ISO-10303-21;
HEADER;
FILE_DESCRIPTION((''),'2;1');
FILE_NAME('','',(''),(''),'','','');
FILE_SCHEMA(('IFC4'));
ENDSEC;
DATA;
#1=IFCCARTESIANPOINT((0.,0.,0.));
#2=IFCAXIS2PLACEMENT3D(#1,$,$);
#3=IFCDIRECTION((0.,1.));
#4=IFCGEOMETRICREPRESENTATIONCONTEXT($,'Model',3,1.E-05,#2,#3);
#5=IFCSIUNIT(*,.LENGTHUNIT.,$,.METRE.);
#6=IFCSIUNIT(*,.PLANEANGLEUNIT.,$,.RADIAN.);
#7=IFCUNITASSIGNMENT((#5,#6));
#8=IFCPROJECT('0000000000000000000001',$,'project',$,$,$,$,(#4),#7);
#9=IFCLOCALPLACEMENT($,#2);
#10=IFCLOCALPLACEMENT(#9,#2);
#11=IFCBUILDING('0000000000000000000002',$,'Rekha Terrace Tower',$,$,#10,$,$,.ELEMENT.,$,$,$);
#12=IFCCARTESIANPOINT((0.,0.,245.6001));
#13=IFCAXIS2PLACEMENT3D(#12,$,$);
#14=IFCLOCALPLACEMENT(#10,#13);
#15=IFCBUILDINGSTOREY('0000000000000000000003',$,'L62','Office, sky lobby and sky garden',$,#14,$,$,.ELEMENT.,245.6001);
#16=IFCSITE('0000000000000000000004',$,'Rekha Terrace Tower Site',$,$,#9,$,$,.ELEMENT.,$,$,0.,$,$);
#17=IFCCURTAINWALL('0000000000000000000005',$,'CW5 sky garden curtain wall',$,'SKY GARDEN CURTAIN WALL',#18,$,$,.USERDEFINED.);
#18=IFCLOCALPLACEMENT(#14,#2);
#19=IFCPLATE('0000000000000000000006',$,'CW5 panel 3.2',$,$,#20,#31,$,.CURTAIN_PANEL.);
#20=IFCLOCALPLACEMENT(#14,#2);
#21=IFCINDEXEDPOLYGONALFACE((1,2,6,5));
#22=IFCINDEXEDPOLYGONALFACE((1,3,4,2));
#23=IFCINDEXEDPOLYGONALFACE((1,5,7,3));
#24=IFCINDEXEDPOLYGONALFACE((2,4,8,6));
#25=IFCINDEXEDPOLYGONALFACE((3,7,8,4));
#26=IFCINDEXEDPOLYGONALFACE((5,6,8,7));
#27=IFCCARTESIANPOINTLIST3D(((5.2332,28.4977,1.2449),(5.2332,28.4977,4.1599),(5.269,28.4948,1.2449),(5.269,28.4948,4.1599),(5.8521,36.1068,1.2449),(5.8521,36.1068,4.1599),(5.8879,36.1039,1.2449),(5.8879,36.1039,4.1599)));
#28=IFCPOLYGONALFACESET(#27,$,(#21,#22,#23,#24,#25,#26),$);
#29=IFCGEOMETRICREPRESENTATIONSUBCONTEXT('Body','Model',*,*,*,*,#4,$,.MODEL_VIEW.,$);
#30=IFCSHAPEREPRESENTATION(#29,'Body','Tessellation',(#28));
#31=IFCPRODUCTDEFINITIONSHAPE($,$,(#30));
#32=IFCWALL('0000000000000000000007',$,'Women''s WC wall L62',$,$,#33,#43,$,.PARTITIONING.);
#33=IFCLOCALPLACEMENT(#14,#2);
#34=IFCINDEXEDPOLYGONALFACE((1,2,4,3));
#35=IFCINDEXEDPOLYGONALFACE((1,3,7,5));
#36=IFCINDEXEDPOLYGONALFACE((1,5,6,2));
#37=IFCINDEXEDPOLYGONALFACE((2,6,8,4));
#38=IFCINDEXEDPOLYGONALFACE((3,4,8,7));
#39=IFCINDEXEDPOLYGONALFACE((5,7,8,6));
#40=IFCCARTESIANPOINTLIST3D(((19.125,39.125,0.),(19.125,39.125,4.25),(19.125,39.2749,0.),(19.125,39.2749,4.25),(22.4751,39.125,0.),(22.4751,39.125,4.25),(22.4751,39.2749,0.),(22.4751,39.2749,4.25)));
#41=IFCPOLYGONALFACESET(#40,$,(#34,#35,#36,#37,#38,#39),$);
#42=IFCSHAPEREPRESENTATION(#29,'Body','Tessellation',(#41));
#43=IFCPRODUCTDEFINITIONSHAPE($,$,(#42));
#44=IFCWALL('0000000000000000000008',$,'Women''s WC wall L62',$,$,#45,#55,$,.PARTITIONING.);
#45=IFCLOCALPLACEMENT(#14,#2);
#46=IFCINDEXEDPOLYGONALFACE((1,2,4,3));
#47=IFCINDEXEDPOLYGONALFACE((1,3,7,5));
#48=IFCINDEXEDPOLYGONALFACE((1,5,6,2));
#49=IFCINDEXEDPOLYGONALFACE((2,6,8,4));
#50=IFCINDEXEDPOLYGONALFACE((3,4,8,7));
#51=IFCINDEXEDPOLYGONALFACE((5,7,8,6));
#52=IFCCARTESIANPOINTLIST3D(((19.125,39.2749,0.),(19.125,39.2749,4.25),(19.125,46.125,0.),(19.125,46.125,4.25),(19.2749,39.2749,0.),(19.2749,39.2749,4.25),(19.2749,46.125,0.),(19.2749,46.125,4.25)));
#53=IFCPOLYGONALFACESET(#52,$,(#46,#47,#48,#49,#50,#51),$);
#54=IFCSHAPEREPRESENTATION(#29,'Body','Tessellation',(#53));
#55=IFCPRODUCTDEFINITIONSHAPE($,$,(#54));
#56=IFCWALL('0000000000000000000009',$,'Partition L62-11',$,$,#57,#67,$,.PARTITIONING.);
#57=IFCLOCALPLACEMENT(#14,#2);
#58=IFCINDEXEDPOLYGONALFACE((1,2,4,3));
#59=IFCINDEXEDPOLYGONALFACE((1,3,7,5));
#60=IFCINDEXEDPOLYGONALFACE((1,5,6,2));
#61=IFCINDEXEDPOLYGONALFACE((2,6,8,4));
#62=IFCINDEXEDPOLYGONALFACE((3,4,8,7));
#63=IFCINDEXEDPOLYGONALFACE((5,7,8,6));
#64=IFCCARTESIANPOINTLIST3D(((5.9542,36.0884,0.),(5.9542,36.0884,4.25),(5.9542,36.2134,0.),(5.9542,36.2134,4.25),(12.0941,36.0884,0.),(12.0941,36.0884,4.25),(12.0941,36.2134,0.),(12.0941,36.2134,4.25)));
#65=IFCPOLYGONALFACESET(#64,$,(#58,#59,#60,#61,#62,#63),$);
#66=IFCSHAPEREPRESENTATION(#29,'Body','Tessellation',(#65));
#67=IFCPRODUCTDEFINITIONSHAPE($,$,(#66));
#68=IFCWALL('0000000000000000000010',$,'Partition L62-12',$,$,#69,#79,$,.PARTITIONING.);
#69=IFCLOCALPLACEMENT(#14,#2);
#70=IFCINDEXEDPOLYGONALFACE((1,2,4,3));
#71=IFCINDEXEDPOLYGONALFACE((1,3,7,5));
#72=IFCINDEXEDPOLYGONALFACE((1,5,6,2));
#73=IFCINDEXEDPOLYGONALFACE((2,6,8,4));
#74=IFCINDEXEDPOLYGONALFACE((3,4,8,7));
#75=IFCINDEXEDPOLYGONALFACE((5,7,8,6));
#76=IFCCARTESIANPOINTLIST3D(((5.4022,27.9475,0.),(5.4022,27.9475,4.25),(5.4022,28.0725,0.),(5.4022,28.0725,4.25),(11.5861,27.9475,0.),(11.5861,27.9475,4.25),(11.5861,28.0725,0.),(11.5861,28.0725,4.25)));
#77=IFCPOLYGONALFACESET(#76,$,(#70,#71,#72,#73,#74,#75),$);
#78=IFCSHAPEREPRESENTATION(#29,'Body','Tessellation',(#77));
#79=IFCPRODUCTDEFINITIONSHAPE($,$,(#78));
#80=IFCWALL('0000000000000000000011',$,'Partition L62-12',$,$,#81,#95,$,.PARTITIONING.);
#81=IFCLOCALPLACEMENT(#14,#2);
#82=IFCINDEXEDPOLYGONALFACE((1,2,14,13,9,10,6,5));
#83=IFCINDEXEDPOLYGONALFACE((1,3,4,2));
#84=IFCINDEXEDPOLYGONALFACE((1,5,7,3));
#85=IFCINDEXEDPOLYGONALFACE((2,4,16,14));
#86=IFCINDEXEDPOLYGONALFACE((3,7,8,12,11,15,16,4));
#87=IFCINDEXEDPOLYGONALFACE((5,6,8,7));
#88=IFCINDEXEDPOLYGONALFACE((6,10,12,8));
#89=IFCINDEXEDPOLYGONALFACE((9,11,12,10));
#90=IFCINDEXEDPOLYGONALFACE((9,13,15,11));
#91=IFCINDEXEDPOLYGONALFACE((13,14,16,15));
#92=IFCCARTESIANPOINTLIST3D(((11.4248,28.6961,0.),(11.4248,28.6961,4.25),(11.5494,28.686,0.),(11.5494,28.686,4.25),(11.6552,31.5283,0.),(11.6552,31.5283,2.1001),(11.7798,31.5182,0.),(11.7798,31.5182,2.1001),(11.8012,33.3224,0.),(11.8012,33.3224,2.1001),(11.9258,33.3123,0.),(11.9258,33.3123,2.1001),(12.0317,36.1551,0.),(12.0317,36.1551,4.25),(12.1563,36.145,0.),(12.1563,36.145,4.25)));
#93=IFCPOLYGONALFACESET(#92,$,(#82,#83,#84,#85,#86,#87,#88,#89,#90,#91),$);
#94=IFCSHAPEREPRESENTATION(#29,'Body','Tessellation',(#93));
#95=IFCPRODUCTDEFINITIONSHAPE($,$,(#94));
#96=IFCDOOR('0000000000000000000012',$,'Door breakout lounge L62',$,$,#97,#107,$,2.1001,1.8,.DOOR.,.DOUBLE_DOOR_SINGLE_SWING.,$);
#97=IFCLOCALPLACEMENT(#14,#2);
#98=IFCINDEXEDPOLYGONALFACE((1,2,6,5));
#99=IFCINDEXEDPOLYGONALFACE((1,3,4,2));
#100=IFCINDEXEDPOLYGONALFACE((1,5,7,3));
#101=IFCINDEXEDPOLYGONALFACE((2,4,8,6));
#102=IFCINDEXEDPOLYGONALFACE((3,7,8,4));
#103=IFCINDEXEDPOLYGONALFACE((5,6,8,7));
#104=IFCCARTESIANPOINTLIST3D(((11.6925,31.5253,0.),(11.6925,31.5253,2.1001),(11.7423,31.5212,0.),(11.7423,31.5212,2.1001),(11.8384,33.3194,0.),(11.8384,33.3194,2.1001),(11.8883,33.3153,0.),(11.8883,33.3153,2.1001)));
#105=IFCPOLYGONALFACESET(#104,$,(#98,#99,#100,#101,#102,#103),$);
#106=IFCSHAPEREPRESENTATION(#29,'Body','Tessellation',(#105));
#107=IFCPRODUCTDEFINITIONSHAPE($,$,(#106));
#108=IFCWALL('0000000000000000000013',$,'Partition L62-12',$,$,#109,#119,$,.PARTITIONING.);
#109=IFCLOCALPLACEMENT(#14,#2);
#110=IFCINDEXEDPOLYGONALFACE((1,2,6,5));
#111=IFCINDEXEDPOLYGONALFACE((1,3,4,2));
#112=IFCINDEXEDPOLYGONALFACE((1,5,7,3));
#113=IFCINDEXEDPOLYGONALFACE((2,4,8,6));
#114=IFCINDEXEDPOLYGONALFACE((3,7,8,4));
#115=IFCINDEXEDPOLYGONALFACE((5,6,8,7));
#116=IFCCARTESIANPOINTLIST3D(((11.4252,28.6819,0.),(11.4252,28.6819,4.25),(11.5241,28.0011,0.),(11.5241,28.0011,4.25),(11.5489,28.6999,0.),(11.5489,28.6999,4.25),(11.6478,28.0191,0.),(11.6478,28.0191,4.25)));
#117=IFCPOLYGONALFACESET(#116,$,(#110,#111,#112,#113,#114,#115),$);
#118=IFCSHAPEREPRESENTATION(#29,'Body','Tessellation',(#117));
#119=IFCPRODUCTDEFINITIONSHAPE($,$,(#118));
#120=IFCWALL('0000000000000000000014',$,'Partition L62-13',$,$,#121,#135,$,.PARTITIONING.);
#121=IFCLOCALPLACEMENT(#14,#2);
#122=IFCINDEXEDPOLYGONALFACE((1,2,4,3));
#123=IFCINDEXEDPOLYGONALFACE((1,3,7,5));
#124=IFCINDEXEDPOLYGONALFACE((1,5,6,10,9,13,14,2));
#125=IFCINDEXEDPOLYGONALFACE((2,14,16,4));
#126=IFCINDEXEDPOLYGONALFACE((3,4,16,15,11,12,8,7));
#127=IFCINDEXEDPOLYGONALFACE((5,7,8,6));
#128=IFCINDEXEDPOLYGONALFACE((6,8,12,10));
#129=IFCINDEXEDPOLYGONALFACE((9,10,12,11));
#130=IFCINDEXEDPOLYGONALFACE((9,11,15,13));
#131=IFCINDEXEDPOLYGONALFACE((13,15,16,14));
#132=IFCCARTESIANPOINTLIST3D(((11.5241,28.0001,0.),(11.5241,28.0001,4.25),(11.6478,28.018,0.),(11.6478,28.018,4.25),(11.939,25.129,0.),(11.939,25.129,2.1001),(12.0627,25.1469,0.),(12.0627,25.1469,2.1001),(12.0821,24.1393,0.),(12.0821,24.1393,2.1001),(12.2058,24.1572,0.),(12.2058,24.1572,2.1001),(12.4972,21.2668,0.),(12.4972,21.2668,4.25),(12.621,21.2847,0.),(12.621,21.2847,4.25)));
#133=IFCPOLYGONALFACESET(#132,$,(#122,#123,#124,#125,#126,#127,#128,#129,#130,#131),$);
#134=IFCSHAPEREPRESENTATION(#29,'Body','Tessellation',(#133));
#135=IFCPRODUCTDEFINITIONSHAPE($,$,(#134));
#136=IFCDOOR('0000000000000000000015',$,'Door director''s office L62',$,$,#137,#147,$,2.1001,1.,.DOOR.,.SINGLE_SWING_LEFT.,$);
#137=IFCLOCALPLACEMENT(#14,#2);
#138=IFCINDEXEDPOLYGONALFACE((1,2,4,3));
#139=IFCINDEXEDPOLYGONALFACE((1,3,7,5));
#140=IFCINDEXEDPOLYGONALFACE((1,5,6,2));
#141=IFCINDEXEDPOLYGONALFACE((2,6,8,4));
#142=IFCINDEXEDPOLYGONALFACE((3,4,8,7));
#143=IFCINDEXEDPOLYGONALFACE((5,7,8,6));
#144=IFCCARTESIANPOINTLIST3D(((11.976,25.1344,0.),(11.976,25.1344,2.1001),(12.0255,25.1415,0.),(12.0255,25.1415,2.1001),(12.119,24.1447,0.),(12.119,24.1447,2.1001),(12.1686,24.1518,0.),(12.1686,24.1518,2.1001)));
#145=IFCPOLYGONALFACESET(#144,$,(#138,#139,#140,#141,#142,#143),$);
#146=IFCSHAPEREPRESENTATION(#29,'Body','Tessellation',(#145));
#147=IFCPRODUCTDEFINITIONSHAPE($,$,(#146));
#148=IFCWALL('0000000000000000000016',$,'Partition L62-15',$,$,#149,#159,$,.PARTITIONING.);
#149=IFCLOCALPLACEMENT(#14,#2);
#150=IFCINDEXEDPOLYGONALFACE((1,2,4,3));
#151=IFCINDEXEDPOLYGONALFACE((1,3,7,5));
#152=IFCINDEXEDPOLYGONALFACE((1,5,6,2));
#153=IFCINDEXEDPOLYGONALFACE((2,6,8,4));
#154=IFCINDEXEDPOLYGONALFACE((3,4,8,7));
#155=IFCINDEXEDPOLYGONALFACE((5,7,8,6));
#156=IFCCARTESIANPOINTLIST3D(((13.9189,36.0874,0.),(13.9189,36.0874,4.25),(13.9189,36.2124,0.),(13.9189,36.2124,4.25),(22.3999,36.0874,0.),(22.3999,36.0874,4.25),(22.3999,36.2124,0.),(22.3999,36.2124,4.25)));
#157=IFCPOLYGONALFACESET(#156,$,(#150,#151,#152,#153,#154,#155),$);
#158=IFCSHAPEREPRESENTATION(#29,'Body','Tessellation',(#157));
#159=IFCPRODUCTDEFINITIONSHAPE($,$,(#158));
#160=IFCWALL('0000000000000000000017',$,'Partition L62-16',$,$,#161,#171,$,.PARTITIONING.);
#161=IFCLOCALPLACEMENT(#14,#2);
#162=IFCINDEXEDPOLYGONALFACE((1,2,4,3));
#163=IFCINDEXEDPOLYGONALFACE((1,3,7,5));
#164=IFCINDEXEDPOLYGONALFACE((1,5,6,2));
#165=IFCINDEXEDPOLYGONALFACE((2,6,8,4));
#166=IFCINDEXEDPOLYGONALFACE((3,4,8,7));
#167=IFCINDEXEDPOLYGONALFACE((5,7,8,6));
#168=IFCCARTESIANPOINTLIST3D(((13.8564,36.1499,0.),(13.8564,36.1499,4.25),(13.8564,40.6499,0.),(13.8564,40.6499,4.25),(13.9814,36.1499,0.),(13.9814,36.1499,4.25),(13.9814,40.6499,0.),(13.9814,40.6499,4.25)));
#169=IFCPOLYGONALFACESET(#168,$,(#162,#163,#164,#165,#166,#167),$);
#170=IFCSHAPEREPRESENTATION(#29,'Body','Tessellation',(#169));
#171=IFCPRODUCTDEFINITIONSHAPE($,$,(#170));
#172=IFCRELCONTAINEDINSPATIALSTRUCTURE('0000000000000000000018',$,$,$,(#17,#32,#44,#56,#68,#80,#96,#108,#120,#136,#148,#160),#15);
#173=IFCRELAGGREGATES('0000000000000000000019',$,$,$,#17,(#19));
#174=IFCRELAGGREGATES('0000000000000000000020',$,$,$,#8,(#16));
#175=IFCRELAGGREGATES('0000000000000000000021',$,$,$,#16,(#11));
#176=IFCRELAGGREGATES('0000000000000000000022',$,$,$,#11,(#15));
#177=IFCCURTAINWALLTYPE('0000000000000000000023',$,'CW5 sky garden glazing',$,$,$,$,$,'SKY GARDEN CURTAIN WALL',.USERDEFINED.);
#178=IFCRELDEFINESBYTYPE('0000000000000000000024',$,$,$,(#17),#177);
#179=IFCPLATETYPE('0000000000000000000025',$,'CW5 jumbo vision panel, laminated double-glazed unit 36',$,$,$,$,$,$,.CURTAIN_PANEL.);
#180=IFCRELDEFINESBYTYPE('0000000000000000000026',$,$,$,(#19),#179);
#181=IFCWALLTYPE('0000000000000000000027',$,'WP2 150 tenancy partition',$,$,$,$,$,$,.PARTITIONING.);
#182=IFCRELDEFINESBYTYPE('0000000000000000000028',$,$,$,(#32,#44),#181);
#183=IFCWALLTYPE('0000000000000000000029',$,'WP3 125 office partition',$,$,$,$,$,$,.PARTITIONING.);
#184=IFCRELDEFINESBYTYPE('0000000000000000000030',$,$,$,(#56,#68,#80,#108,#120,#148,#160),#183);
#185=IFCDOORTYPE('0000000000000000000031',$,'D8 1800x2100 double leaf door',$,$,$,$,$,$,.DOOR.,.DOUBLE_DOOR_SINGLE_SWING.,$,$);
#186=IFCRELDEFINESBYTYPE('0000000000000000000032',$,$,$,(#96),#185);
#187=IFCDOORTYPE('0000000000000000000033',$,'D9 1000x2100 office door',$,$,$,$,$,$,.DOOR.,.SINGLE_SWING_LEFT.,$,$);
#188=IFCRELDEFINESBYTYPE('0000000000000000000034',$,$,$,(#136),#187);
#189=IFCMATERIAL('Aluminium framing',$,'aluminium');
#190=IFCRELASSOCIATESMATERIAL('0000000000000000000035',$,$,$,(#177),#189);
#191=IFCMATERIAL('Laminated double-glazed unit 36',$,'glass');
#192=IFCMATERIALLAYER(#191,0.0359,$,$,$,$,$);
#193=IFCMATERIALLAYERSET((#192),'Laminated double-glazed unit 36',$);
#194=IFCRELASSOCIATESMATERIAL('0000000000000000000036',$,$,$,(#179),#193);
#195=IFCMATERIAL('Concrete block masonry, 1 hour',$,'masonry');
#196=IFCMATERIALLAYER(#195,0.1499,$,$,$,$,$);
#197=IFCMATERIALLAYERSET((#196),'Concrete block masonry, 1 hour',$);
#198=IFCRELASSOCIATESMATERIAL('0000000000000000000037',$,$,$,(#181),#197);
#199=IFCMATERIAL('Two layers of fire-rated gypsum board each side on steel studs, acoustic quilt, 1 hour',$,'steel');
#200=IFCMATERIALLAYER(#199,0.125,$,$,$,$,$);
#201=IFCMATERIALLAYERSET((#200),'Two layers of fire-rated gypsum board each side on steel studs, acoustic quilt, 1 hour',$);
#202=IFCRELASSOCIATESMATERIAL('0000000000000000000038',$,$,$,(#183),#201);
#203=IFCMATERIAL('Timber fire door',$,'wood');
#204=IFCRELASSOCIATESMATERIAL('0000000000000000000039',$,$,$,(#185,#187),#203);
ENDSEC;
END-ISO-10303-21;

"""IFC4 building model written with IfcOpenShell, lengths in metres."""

from ifc_helpers import new_model, si_unit, direction, frame, frame_2d, origin, origin_2d, place, context, subcontext, project, spatial, rectangle, extrude, material, layer, layer_set, type_object, element, fill, aggregate, save


model = new_model("IFC4")

# Units and contexts
model_context = context("Model", 3, precision=1e-05, world=origin(), true_north=direction((0.0, 1.0)))
body_context = subcontext(model_context, "Body", "Model", "MODEL_VIEW")
ifc_project = project(units=[si_unit("LENGTHUNIT", "METRE"), si_unit("PLANEANGLEUNIT", "RADIAN")], contexts=[model_context])

# Site, building, storey
site_placement = place(None, origin())
site = spatial("IfcSite", under=ifc_project, at=site_placement, Name="Rekha Terrace Tower Site", CompositionType="ELEMENT", RefElevation=0.0)
building_placement = place(site_placement, origin())
building = spatial("IfcBuilding", under=site, at=building_placement, Name="Rekha Terrace Tower", CompositionType="ELEMENT")
storey_placement = place(building_placement, frame((0.0, 0.0, 245.6001)))
storey = spatial("IfcBuildingStorey", under=building, at=storey_placement, Name="L62", Description="Office, sky lobby and sky garden", CompositionType="ELEMENT", Elevation=245.6001)

# Curtain wall
ifc_material_1 = material(Name="Aluminium framing", Category="aluminium")
curtain_wall_type = type_object("IfcCurtainWallType", Name="CW5 sky garden glazing", ElementType="SKY GARDEN CURTAIN WALL", PredefinedType="USERDEFINED", material=ifc_material_1)
curtain_wall_1_placement = place(storey_placement, origin())
curtain_wall_1 = element("IfcCurtainWall", 1, at=curtain_wall_1_placement, inside=storey, type_object=curtain_wall_type, Name="CW5 sky garden curtain wall", ObjectType="SKY GARDEN CURTAIN WALL", PredefinedType="USERDEFINED")

# Plate
ifc_material_2 = material(Name="Laminated double-glazed unit 36", Category="glass")
ifc_layer_1 = layer(ifc_material_2, 0.0359)
ifc_layer_set_1 = layer_set([ifc_layer_1], Name="Laminated double-glazed unit 36")
plate_type = type_object("IfcPlateType", Name="CW5 jumbo vision panel, laminated double-glazed unit 36", PredefinedType="CURTAIN_PANEL", material=ifc_layer_set_1)
plate_1_placement = place(storey_placement, frame((5.5605, 32.3008, 1.2449), z_axis=(0.0, 0.0, 1.0), x_axis=(-0.081068, -0.996709, 0.0)))
plate_1 = element("IfcPlate", 2, at=plate_1_placement, type_object=plate_type, Name="CW5 panel 3.2", PredefinedType="CURTAIN_PANEL", context=body_context, shape_type="SweptSolid", body=[
    extrude(rectangle(XDim=7.6343, YDim=0.0359, at=origin_2d()), origin(), (0.0, 0.0, 1.0), 2.915),
])
aggregate(curtain_wall_1, [plate_1])

# Walls
ifc_material_3 = material(Name="Concrete block masonry, 1 hour", Category="masonry")
ifc_layer_2 = layer(ifc_material_3, 0.1499)
ifc_layer_set_2 = layer_set([ifc_layer_2], Name="Concrete block masonry, 1 hour")
wall_type_1 = type_object("IfcWallType", Name="WP2 150 tenancy partition", PredefinedType="PARTITIONING", material=ifc_layer_set_2)
wall_1_placement = place(storey_placement, frame((19.125, 39.2, 0.0), z_axis=(0.0, 0.0, 1.0), x_axis=(1.0, 0.0, 0.0)))
element("IfcWall", 3, at=wall_1_placement, inside=storey, type_object=wall_type_1, Name="Women's WC wall L62", PredefinedType="PARTITIONING", context=body_context, shape_type="SweptSolid", body=[
    extrude(rectangle(XDim=3.3501, YDim=0.1499, at=frame_2d((1.675, 0.0))), origin(), (0.0, 0.0, 1.0), 4.25),
])
wall_2_placement = place(storey_placement, frame((19.2, 39.2749, 0.0), z_axis=(0.0, 0.0, 1.0), x_axis=(0.0, 1.0, 0.0)))
element("IfcWall", 4, at=wall_2_placement, inside=storey, type_object=wall_type_1, Name="Women's WC wall L62", PredefinedType="PARTITIONING", context=body_context, shape_type="SweptSolid", body=[
    extrude(rectangle(XDim=6.8501, YDim=0.1499, at=frame_2d((3.425, 0.0))), origin(), (0.0, 0.0, 1.0), 4.25),
])
ifc_material_4 = material(Name="Two layers of fire-rated gypsum board each side on steel studs, acoustic quilt, 1 hour", Category="steel")
ifc_layer_3 = layer(ifc_material_4, 0.125)
ifc_layer_set_3 = layer_set([ifc_layer_3], Name="Two layers of fire-rated gypsum board each side on steel studs, acoustic quilt, 1 hour")
wall_type_2 = type_object("IfcWallType", Name="WP3 125 office partition", PredefinedType="PARTITIONING", material=ifc_layer_set_3)
wall_3_placement = place(storey_placement, frame((12.094, 36.1509, 0.0), z_axis=(0.0, 0.0, 1.0), x_axis=(-1.0, 0.0, 0.0)))
element("IfcWall", 5, at=wall_3_placement, inside=storey, type_object=wall_type_2, Name="Partition L62-11", PredefinedType="PARTITIONING", context=body_context, shape_type="SweptSolid", body=[
    extrude(rectangle(XDim=6.1399, YDim=0.125, at=frame_2d((3.0698, 0.0))), origin(), (0.0, 0.0, 1.0), 4.25),
])
wall_4_placement = place(storey_placement, frame((11.5859, 28.01, 0.0), z_axis=(0.0, 0.0, 1.0), x_axis=(-1.0, 0.0, 0.0)))
element("IfcWall", 6, at=wall_4_placement, inside=storey, type_object=wall_type_2, Name="Partition L62-12", PredefinedType="PARTITIONING", context=body_context, shape_type="SweptSolid", body=[
    extrude(rectangle(XDim=6.1838, YDim=0.125, at=frame_2d((3.0918, 0.0))), origin(), (0.0, 0.0, 1.0), 4.25),
])

# Wall, opening, door
wall_5_placement = place(storey_placement, frame((12.094, 36.1499, 0.0), z_axis=(0.0, 0.0, 1.0), x_axis=(-0.081101, -0.996706, 0.0)))
wall_5 = element("IfcWall", 7, at=wall_5_placement, inside=storey, type_object=wall_type_2, Name="Partition L62-12", PredefinedType="PARTITIONING", context=body_context, shape_type="SweptSolid", body=[
    extrude(rectangle(XDim=7.4836, YDim=0.125, at=frame_2d((3.7417, 0.0))), origin(), (0.0, 0.0, 1.0), 4.25),
])
opening_1_placement = place(wall_5_placement, frame((2.842, 0.0, 0.0)))
opening_1 = element("IfcOpeningElement", 8, at=opening_1_placement, cuts=wall_5, PredefinedType="OPENING", context=body_context, shape_type="SweptSolid", body=[
    extrude(rectangle(XDim=1.8, YDim=2.1001, at=frame_2d((0.8999, 1.05))), frame((0.0, 0.0725, 0.0), z_axis=(0.0, -1.0, 0.0), x_axis=(1.0, 0.0, 0.0)), (0.0, 0.0, 1.0), 0.145),
])
ifc_material_5 = material(Name="Timber fire door", Category="wood")
door_type_1 = type_object("IfcDoorType", Name="D8 1800x2100 double leaf door", OperationType="DOUBLE_DOOR_SINGLE_SWING", PredefinedType="DOOR", material=ifc_material_5)
door_1_placement = place(opening_1_placement, origin())
door_1 = element("IfcDoor", 9, at=door_1_placement, inside=storey, type_object=door_type_1, Name="Door breakout lounge L62", OperationType="DOUBLE_DOOR_SINGLE_SWING", OverallHeight=2.1001, OverallWidth=1.8, PredefinedType="DOOR", context=body_context, shape_type="SweptSolid", body=[
    extrude(rectangle(XDim=1.8, YDim=2.1001, at=frame_2d((0.8999, 1.05))), frame((0.0, 0.0249, 0.0), z_axis=(0.0, -1.0, 0.0), x_axis=(1.0, 0.0, 0.0)), (0.0, 0.0, 1.0), 0.05),
])
fill(opening_1, door_1)

# Wall
wall_6_placement = place(storey_placement, frame((11.4871, 28.6909, 0.0), z_axis=(0.0, 0.0, 1.0), x_axis=(0.143706, -0.98962, 0.0)))
element("IfcWall", 10, at=wall_6_placement, inside=storey, type_object=wall_type_2, Name="Partition L62-12", PredefinedType="PARTITIONING", context=body_context, shape_type="SweptSolid", body=[
    extrude(rectangle(XDim=0.688, YDim=0.125, at=frame_2d((0.344, 0.0))), origin(), (0.0, 0.0, 1.0), 4.25),
])

# Wall, opening, door
wall_7_placement = place(storey_placement, frame((11.5859, 28.009, 0.0), z_axis=(0.0, 0.0, 1.0), x_axis=(0.143044, -0.989716, 0.0)))
wall_7 = element("IfcWall", 11, at=wall_7_placement, inside=storey, type_object=wall_type_2, Name="Partition L62-13", PredefinedType="PARTITIONING", context=body_context, shape_type="SweptSolid", body=[
    extrude(rectangle(XDim=6.8032, YDim=0.125, at=frame_2d((3.4016, 0.0))), origin(), (0.0, 0.0, 1.0), 4.25),
])
opening_2_placement = place(wall_7_placement, frame((2.9009, 0.0, 0.0)))
opening_2 = element("IfcOpeningElement", 12, at=opening_2_placement, cuts=wall_7, PredefinedType="OPENING", context=body_context, shape_type="SweptSolid", body=[
    extrude(rectangle(XDim=1.0, YDim=2.1001, at=frame_2d((0.5, 1.05))), frame((0.0, 0.0725, 0.0), z_axis=(0.0, -1.0, 0.0), x_axis=(1.0, 0.0, 0.0)), (0.0, 0.0, 1.0), 0.145),
])
door_type_2 = type_object("IfcDoorType", Name="D9 1000x2100 office door", OperationType="SINGLE_SWING_LEFT", PredefinedType="DOOR", material=ifc_material_5)
door_2_placement = place(opening_2_placement, origin())
door_2 = element("IfcDoor", 13, at=door_2_placement, inside=storey, type_object=door_type_2, Name="Door director's office L62", OperationType="SINGLE_SWING_LEFT", OverallHeight=2.1001, OverallWidth=1.0, PredefinedType="DOOR", context=body_context, shape_type="SweptSolid", body=[
    extrude(rectangle(XDim=1.0, YDim=2.1001, at=frame_2d((0.5, 1.05))), frame((0.0, 0.0249, 0.0), z_axis=(0.0, -1.0, 0.0), x_axis=(1.0, 0.0, 0.0)), (0.0, 0.0, 1.0), 0.05),
])
fill(opening_2, door_2)

# Walls
wall_8_placement = place(storey_placement, frame((13.9189, 36.1499, 0.0), z_axis=(0.0, 0.0, 1.0), x_axis=(1.0, 0.0, 0.0)))
element("IfcWall", 14, at=wall_8_placement, inside=storey, type_object=wall_type_2, Name="Partition L62-15", PredefinedType="PARTITIONING", context=body_context, shape_type="SweptSolid", body=[
    extrude(rectangle(XDim=8.481, YDim=0.125, at=frame_2d((4.2405, 0.0))), origin(), (0.0, 0.0, 1.0), 4.25),
])
wall_9_placement = place(storey_placement, frame((13.9189, 36.1499, 0.0), z_axis=(0.0, 0.0, 1.0), x_axis=(0.0, 1.0, 0.0)))
element("IfcWall", 15, at=wall_9_placement, inside=storey, type_object=wall_type_2, Name="Partition L62-16", PredefinedType="PARTITIONING", context=body_context, shape_type="SweptSolid", body=[
    extrude(rectangle(XDim=4.5, YDim=0.125, at=frame_2d((2.25, 0.0))), origin(), (0.0, 0.0, 1.0), 4.25),
])

save(model, "model.ifc")
